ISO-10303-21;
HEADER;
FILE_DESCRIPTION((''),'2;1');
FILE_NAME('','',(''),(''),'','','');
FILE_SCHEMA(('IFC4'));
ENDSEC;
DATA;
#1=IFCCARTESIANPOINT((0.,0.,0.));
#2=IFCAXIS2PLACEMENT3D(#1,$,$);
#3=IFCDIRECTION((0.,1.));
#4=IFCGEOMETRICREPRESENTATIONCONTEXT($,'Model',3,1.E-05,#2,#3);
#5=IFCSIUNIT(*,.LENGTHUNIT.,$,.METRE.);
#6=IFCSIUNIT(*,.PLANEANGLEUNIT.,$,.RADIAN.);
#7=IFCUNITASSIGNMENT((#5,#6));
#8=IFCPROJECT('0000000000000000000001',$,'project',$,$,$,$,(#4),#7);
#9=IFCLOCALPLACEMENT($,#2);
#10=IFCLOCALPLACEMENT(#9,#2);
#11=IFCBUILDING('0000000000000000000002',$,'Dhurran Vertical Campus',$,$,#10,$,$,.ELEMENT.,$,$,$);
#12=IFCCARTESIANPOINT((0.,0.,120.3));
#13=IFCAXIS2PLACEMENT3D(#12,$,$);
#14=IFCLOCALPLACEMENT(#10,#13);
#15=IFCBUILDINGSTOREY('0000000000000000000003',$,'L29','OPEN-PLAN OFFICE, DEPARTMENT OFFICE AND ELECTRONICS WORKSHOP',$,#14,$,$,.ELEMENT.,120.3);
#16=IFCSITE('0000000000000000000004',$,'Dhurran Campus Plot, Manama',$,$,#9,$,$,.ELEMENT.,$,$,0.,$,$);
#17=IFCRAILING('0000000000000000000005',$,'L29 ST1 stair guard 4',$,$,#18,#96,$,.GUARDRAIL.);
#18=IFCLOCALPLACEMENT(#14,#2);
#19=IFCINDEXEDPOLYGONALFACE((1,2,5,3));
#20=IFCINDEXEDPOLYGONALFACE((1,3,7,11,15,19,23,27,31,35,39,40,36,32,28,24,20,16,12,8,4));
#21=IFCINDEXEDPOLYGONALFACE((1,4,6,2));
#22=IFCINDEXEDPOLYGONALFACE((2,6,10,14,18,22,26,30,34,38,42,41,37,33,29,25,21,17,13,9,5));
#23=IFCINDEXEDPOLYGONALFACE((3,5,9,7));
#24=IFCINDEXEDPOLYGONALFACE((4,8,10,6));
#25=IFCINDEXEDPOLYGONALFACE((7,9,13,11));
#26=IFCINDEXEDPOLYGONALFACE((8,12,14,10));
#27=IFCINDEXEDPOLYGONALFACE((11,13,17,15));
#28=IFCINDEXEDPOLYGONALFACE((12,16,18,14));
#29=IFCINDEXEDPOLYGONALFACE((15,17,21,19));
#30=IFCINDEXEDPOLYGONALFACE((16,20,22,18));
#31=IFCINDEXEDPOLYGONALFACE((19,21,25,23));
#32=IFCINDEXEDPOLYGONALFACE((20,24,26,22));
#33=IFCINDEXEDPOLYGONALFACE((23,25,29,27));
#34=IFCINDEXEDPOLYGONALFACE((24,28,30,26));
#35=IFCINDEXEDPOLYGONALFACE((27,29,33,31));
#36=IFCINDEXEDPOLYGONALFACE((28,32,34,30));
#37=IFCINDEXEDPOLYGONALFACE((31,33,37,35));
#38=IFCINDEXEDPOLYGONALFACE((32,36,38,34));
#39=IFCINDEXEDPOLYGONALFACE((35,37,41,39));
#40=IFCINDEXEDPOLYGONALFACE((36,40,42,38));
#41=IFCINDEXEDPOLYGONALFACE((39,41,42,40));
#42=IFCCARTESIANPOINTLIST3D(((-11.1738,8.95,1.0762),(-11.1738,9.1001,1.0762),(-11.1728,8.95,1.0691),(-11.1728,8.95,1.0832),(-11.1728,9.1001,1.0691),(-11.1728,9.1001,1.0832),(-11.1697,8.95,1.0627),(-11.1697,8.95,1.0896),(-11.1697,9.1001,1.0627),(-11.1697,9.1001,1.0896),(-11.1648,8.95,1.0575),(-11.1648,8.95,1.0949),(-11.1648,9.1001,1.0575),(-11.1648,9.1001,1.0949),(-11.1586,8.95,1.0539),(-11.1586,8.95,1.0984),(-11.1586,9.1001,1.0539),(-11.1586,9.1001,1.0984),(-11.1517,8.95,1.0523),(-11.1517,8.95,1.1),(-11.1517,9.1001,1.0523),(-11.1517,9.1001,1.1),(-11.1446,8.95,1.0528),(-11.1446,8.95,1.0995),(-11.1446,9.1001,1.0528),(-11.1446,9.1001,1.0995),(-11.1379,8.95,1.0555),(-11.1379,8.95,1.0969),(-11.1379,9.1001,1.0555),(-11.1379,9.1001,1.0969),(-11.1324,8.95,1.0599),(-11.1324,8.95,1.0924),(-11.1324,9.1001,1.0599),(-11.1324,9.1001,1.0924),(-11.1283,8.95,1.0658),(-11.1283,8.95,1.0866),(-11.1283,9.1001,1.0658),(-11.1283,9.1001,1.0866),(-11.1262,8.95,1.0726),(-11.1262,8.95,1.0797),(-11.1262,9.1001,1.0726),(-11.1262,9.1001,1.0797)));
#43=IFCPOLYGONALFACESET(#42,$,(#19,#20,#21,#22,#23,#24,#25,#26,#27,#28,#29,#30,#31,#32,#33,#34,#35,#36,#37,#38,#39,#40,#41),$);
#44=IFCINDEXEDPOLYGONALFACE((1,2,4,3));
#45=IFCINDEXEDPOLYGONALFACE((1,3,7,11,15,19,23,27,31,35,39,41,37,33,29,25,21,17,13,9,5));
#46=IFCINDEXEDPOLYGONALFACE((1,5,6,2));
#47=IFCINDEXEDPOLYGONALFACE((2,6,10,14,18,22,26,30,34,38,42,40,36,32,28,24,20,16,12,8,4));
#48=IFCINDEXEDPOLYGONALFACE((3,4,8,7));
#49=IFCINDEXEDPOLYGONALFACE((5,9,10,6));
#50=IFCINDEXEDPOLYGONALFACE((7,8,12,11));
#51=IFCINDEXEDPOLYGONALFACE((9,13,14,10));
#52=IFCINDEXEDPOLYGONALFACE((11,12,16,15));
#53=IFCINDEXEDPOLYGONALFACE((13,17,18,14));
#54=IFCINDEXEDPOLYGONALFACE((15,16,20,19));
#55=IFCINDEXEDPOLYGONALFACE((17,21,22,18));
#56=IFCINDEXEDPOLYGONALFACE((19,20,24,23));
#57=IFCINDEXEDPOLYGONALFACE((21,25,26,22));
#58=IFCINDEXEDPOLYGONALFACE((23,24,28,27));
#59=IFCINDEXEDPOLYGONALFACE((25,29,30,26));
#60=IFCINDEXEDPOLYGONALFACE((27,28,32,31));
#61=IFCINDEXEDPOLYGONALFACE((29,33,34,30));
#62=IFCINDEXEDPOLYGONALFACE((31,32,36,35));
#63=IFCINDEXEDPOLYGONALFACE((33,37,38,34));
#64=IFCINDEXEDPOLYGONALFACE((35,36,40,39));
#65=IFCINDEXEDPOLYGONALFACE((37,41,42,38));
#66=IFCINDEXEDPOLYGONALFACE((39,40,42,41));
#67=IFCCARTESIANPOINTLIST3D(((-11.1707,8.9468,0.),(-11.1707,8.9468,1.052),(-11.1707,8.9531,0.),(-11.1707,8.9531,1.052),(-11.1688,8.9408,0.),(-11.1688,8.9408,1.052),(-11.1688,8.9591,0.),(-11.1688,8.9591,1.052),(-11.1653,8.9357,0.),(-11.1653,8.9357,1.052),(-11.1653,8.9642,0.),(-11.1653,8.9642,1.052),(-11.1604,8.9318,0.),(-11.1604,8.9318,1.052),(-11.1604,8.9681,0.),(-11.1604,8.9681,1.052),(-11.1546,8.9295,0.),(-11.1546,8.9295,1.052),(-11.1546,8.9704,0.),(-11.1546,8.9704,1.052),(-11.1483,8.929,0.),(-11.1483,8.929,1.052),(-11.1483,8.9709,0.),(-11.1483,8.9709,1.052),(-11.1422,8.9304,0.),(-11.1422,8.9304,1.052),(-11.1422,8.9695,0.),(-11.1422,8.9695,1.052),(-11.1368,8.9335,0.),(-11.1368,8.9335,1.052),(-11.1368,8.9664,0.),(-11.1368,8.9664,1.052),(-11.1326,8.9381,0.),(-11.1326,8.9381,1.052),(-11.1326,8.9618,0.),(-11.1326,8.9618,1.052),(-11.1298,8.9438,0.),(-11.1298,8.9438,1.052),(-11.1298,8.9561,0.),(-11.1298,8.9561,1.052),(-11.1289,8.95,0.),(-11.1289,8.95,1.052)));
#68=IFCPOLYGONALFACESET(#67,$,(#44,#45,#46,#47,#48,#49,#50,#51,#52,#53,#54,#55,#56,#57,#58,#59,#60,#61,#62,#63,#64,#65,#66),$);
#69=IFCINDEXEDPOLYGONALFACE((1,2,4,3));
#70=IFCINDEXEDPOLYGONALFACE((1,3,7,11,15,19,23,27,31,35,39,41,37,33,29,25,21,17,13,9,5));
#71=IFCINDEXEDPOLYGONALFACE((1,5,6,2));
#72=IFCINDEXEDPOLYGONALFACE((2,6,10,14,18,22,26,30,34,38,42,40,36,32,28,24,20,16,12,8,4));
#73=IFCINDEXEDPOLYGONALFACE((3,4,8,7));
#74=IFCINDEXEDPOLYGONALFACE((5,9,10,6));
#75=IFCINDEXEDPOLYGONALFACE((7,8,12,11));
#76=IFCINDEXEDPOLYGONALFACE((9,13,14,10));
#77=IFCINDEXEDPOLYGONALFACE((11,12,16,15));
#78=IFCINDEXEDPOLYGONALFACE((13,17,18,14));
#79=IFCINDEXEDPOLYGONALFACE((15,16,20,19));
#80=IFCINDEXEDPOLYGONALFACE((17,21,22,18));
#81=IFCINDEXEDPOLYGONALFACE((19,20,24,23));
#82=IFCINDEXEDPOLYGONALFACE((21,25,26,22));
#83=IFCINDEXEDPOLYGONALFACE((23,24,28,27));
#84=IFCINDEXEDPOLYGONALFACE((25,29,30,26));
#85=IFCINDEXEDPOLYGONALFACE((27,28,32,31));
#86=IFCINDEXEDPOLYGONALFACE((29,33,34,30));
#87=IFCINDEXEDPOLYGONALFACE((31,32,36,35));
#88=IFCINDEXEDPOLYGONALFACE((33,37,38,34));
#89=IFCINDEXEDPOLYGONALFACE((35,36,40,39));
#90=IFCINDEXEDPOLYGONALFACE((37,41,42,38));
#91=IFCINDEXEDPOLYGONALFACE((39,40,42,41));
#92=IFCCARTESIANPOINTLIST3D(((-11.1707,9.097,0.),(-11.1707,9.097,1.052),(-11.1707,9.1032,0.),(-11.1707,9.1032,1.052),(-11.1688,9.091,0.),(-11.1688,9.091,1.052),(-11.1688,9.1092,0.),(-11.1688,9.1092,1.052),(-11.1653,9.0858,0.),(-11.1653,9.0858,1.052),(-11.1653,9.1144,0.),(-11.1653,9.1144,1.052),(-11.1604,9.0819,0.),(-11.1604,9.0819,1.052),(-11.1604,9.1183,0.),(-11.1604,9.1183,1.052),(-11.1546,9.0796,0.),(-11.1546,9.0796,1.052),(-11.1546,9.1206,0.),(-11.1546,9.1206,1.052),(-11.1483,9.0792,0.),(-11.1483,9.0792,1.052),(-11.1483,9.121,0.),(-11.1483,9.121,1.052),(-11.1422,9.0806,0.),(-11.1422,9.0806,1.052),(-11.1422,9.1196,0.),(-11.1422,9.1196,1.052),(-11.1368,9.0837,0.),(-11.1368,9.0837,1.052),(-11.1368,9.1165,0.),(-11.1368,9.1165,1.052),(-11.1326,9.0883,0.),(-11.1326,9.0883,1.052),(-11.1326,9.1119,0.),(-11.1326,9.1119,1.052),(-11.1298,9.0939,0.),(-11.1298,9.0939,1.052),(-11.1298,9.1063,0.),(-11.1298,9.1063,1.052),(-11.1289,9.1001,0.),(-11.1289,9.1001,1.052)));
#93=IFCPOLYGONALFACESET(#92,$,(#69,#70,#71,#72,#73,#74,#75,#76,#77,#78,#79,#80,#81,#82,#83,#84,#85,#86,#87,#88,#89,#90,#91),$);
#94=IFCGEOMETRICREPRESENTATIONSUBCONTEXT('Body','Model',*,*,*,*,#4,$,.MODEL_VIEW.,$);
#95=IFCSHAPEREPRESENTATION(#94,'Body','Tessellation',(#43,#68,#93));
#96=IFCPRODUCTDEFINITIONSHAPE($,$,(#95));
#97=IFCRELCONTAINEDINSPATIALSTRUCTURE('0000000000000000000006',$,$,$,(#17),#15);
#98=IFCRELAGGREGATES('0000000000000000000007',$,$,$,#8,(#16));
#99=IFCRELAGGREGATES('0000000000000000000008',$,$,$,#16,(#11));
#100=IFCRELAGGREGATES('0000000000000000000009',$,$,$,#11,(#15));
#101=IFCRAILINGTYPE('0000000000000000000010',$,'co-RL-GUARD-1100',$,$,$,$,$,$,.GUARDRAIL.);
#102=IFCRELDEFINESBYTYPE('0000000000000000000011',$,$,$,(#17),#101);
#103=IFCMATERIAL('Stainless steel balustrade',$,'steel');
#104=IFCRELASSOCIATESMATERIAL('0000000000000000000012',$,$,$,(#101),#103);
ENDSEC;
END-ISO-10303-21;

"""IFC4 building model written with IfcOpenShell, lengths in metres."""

from ifc_helpers import new_model, si_unit, direction, frame, origin, origin_2d, place, context, subcontext, project, spatial, circle, extrude, material, type_object, element, save


model = new_model("IFC4")

# Units and contexts
model_context = context("Model", 3, precision=1e-05, world=origin(), true_north=direction((0.0, 1.0)))
body_context = subcontext(model_context, "Body", "Model", "MODEL_VIEW")
ifc_project = project(units=[si_unit("LENGTHUNIT", "METRE"), si_unit("PLANEANGLEUNIT", "RADIAN")], contexts=[model_context])

# Site, building, storey
site_placement = place(None, origin())
site = spatial("IfcSite", under=ifc_project, at=site_placement, Name="Dhurran Campus Plot, Manama", CompositionType="ELEMENT", RefElevation=0.0)
building_placement = place(site_placement, origin())
building = spatial("IfcBuilding", under=site, at=building_placement, Name="Dhurran Vertical Campus", CompositionType="ELEMENT")
storey_placement = place(building_placement, frame((0.0, 0.0, 120.3)))
storey = spatial("IfcBuildingStorey", under=building, at=storey_placement, Name="L29", Description="OPEN-PLAN OFFICE, DEPARTMENT OFFICE AND ELECTRONICS WORKSHOP", CompositionType="ELEMENT", Elevation=120.3)

# Railing
ifc_material_1 = material(Name="Stainless steel balustrade", Category="steel")
railing_type_1 = type_object("IfcRailingType", Name="co-RL-GUARD-1100", PredefinedType="GUARDRAIL", material=ifc_material_1)
railing_1_placement = place(storey_placement, frame((-11.1499, 8.95, 0.0)))
element("IfcRailing", 1, at=railing_1_placement, inside=storey, type_object=railing_type_1, Name="L29 ST1 stair guard 4", PredefinedType="GUARDRAIL", context=body_context, shape_type="SweptSolid", body=[
    extrude(circle(Radius=0.0239, at=origin_2d()), frame((0.0, 0.0, 1.0762), z_axis=(0.0, 1.0, 0.0), x_axis=(-1.0, 0.0, 0.0)), (0.0, 0.0, 1.0), 0.1501),
    extrude(circle(Radius=0.021, at=origin_2d()), origin(), (0.0, 0.0, 1.0), 1.052),
    extrude(circle(Radius=0.021, at=origin_2d()), frame((0.0, 0.1501, 0.0)), (0.0, 0.0, 1.0), 1.052),
])

save(model, "model.ifc")
